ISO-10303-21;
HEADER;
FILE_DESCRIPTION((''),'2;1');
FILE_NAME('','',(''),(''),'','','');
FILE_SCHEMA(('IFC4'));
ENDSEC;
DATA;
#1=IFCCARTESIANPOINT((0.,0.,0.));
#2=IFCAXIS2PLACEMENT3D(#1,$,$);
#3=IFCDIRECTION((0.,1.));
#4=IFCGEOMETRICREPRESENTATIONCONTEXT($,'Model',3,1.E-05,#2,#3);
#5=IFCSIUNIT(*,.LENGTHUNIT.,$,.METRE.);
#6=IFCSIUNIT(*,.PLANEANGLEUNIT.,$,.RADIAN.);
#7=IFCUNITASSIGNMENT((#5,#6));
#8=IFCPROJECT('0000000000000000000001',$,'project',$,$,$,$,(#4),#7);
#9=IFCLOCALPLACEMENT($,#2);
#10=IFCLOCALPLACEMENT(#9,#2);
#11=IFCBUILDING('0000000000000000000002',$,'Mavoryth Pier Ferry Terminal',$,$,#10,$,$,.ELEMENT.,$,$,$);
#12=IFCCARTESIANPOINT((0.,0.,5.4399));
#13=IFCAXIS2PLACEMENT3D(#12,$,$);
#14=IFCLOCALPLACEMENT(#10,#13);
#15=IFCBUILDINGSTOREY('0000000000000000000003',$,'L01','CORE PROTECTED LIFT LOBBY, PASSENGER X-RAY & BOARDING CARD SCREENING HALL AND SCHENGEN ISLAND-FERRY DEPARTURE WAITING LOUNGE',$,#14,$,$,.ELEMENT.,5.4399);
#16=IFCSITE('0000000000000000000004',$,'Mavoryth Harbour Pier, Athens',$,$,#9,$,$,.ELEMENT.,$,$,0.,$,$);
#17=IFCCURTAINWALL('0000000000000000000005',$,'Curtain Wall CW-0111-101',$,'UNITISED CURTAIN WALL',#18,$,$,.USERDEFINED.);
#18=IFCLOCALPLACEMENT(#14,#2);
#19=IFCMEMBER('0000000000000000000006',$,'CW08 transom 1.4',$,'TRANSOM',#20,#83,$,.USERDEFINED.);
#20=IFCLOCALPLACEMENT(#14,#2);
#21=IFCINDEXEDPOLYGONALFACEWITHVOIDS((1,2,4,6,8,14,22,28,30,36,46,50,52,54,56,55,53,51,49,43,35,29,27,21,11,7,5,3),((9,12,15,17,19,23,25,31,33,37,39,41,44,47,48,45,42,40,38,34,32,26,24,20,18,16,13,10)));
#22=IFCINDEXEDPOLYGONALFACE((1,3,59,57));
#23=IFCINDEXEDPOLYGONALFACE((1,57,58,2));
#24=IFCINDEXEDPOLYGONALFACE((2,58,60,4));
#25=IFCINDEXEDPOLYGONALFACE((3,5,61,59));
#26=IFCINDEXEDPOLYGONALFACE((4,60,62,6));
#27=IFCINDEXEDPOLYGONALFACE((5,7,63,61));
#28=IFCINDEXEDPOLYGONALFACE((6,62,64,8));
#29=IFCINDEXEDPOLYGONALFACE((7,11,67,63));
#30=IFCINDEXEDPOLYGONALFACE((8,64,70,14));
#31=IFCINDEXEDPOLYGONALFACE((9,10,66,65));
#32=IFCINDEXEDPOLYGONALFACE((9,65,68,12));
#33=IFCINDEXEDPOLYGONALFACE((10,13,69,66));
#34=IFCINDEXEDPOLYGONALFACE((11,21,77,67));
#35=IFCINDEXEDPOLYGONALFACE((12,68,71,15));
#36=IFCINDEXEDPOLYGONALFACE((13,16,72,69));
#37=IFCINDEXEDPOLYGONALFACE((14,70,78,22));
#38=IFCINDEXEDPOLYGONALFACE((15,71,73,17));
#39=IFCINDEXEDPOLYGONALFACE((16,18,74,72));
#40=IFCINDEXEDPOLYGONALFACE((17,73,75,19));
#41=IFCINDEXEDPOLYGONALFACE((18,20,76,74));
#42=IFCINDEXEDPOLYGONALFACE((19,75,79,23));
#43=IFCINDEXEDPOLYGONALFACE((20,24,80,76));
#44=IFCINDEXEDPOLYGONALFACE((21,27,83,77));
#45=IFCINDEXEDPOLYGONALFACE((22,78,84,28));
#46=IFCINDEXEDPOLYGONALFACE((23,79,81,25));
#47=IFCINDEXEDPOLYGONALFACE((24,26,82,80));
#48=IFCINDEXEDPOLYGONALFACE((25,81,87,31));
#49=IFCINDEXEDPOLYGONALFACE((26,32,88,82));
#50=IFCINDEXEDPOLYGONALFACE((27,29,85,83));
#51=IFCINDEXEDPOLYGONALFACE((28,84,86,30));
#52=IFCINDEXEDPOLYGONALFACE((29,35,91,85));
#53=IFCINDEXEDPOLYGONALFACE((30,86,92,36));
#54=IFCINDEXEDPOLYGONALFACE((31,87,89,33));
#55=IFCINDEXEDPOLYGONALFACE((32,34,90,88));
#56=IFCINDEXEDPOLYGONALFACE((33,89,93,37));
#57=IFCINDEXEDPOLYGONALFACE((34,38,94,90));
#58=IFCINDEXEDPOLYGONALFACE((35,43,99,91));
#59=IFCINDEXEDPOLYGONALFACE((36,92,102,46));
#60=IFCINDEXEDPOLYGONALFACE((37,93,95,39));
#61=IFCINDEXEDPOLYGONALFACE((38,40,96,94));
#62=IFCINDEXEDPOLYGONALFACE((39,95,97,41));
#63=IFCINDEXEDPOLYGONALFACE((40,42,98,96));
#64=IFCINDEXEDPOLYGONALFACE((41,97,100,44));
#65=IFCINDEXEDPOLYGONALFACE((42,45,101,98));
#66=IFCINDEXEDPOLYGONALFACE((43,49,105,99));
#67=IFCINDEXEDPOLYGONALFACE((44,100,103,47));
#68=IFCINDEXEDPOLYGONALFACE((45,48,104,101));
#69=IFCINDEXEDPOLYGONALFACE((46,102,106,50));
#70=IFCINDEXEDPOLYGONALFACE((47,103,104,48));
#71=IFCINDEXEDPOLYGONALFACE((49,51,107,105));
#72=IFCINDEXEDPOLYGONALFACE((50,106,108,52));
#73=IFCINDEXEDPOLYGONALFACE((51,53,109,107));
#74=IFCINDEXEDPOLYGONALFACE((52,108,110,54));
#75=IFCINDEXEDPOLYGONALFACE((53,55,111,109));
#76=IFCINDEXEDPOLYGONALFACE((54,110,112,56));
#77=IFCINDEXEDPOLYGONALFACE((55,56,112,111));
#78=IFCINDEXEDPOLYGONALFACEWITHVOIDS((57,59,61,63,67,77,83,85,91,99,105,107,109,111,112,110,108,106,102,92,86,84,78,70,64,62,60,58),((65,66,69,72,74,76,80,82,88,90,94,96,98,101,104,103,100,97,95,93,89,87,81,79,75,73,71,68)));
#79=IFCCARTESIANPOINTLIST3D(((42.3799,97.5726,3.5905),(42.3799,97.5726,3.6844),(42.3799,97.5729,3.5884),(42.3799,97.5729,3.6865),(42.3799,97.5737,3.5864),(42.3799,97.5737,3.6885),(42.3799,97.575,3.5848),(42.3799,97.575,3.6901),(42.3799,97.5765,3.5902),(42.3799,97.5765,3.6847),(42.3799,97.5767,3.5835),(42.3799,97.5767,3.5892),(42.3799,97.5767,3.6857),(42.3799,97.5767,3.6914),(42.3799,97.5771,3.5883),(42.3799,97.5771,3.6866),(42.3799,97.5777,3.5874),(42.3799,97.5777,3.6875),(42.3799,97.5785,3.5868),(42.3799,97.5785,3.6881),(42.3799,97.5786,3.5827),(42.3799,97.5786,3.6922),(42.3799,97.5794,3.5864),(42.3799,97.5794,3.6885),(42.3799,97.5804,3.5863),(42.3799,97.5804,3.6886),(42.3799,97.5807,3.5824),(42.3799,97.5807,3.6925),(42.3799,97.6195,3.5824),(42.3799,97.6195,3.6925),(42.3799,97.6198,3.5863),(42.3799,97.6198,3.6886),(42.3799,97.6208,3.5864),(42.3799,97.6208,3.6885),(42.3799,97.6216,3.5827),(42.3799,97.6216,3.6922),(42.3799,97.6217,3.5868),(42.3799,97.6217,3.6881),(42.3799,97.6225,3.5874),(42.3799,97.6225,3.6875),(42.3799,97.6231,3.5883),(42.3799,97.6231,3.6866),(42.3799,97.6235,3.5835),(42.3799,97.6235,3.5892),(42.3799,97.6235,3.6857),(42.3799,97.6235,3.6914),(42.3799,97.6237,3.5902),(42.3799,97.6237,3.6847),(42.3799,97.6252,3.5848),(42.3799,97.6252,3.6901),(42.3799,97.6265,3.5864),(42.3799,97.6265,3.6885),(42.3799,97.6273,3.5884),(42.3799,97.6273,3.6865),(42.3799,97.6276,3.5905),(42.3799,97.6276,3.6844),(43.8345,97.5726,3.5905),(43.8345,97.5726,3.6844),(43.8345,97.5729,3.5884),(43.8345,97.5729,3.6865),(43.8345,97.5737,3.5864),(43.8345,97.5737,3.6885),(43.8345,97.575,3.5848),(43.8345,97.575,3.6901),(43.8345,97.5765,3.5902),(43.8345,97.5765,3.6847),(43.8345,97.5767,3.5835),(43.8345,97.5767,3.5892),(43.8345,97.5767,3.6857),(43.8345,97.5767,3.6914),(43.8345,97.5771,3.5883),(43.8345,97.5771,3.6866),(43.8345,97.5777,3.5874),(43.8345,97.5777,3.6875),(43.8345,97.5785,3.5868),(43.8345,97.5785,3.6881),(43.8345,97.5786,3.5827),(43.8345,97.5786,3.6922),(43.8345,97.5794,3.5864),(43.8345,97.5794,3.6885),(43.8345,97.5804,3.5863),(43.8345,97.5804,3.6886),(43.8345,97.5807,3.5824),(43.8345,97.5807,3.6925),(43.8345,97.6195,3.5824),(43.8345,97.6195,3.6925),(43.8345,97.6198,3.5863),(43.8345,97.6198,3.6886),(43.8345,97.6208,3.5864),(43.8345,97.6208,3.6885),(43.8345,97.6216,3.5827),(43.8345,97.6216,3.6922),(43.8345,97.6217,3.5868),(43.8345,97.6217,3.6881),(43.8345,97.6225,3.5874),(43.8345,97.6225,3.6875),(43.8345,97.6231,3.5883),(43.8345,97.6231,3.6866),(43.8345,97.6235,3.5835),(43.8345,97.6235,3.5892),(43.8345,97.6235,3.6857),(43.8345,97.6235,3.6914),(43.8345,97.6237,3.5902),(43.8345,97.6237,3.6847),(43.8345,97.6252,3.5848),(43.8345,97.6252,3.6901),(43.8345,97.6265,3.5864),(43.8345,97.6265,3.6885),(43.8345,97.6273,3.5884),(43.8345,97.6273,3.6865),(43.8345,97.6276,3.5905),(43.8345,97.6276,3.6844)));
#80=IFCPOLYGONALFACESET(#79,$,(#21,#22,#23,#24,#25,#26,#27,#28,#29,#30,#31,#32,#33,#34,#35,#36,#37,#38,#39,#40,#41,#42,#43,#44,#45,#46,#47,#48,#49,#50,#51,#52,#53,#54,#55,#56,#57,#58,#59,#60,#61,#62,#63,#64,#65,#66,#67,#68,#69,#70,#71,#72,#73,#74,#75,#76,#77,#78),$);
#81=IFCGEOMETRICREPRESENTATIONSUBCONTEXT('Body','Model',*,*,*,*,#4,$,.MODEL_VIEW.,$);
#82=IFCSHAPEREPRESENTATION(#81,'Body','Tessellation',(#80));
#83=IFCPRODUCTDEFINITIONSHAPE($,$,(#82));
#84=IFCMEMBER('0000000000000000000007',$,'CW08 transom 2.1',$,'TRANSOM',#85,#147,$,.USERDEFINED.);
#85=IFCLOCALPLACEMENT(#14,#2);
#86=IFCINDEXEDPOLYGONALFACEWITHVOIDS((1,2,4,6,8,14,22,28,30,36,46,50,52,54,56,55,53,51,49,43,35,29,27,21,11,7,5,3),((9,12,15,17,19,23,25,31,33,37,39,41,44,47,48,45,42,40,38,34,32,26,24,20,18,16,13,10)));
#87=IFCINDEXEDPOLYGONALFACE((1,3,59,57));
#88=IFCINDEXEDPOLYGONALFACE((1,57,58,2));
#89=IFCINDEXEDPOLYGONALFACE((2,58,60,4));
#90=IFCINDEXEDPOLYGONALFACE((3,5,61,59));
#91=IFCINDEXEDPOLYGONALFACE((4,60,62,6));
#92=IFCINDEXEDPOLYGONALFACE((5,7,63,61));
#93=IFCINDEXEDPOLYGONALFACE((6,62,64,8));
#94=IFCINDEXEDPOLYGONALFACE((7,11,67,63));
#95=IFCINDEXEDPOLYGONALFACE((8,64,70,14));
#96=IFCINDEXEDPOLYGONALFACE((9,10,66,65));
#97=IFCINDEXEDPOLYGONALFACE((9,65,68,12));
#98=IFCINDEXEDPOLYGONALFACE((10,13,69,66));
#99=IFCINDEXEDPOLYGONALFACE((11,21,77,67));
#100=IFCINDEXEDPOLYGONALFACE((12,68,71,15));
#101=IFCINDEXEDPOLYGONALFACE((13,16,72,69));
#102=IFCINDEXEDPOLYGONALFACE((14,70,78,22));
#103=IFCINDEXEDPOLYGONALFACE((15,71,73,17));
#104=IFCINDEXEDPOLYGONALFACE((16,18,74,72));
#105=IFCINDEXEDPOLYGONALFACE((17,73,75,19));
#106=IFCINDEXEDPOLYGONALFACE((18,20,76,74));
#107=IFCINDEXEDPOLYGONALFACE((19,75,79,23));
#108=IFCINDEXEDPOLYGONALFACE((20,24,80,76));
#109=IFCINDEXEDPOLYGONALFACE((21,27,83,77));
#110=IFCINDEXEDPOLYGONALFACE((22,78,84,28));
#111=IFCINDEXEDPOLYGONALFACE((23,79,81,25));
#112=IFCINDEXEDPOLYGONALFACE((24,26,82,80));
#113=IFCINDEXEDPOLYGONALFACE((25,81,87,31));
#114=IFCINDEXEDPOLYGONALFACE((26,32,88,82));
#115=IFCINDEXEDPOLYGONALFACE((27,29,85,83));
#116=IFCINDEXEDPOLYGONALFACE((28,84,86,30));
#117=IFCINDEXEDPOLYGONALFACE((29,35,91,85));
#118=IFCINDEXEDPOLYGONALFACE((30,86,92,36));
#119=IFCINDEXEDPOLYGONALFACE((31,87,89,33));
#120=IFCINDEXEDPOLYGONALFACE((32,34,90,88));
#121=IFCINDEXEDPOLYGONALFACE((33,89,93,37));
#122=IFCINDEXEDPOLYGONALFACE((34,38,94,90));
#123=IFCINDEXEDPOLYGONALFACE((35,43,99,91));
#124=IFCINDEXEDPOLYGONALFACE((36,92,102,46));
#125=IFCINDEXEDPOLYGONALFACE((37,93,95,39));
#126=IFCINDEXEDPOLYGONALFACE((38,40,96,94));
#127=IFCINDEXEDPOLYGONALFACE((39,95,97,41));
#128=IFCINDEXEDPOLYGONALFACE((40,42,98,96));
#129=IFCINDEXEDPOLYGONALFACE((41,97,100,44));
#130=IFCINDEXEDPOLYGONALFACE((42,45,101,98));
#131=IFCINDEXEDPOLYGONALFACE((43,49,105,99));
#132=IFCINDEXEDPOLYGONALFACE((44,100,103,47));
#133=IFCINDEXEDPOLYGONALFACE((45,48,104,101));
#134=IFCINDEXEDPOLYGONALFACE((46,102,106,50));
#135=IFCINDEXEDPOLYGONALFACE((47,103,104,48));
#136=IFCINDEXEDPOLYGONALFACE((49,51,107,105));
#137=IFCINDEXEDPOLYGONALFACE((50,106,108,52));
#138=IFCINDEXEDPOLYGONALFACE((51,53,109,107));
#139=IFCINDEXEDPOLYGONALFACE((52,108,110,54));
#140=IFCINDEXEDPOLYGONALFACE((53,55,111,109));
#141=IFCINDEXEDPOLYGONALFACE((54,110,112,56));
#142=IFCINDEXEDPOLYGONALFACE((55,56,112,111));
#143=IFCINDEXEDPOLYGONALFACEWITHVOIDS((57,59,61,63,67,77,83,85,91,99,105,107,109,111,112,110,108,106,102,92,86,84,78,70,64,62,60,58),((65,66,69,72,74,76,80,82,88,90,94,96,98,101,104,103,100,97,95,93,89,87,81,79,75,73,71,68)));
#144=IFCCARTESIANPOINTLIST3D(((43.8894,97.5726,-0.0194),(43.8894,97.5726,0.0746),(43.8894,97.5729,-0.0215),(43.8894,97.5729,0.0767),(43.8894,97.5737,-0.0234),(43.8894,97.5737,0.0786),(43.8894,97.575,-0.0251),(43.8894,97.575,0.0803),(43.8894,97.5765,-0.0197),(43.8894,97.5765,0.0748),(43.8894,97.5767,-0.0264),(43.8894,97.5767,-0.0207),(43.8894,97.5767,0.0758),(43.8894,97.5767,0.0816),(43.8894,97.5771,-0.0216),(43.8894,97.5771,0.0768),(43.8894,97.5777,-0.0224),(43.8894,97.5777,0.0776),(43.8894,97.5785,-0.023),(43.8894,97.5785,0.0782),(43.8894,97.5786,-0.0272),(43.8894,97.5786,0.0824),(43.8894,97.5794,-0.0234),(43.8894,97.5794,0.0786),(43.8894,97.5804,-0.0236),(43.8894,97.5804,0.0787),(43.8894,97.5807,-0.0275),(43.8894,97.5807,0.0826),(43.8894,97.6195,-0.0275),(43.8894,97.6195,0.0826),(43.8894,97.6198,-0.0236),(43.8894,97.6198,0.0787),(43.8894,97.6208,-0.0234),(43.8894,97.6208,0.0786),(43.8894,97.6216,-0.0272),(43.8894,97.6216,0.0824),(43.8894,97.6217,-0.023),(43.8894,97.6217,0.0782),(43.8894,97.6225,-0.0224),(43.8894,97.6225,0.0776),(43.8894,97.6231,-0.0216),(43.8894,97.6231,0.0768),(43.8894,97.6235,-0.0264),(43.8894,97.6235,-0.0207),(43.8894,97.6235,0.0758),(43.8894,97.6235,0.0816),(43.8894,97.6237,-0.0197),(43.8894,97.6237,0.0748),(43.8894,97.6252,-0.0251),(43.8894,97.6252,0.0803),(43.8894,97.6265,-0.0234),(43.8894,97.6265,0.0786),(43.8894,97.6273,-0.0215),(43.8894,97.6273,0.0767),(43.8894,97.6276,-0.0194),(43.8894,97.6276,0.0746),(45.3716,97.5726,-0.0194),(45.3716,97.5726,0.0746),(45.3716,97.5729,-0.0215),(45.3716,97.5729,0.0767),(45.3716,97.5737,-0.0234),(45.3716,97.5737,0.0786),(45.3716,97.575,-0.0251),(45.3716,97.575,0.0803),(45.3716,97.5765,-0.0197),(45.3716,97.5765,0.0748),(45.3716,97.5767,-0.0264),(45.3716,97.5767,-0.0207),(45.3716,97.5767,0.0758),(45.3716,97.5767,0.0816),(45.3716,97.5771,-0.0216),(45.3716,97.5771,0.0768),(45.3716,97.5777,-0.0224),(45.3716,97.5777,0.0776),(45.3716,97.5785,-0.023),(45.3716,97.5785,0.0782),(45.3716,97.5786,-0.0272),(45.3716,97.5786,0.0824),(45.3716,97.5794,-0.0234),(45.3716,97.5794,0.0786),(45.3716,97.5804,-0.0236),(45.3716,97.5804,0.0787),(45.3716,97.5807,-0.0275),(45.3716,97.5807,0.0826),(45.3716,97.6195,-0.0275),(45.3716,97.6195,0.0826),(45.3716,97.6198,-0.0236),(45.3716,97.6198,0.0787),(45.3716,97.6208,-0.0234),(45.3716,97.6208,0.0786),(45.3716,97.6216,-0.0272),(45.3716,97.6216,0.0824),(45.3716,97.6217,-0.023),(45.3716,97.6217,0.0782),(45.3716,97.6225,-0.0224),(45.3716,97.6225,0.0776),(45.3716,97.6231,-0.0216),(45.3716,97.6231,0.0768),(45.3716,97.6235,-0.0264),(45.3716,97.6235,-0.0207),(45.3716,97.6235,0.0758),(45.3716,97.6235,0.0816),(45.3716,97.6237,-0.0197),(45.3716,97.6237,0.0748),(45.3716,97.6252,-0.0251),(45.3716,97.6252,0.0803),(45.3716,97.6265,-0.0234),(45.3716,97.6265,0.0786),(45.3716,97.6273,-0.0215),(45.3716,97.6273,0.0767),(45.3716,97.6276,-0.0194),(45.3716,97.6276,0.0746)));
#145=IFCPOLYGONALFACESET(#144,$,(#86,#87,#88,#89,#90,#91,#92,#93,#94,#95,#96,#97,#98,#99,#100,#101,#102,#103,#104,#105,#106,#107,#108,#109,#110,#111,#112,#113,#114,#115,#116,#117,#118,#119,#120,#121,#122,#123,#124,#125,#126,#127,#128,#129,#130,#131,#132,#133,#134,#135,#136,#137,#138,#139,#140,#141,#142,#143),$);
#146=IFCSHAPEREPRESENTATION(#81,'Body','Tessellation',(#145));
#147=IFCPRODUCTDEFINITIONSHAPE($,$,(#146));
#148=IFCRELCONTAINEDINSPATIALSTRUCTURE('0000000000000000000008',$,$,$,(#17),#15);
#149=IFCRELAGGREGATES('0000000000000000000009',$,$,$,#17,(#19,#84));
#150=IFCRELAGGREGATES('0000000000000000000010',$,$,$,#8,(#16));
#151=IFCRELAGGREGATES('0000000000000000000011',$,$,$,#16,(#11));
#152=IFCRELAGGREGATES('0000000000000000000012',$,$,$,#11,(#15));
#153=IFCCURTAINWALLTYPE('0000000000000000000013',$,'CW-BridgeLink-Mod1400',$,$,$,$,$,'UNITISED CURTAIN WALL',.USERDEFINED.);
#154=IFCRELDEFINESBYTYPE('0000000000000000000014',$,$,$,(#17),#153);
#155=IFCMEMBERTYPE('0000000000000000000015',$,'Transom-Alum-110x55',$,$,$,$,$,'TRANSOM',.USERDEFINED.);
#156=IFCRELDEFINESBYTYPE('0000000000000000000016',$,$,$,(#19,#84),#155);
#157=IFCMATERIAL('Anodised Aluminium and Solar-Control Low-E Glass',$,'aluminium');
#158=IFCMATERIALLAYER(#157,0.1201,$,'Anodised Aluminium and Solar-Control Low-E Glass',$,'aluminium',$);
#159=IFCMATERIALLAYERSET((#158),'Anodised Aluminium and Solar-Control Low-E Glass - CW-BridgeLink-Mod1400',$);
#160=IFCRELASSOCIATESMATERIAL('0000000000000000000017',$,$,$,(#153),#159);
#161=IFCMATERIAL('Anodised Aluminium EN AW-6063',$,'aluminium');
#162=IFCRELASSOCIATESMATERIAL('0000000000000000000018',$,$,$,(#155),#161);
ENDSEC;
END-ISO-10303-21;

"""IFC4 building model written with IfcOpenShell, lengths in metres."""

from ifc_helpers import new_model, si_unit, direction, frame, origin, origin_2d, place, context, subcontext, project, spatial, hollow_rectangle, extrude, material, layer, layer_set, material_profile, profile_set, type_object, element, aggregate, save


model = new_model("IFC4")

# Units and contexts
model_context = context("Model", 3, precision=1e-05, world=origin(), true_north=direction((0.0, 1.0)))
body_context = subcontext(model_context, "Body", "Model", "MODEL_VIEW")
ifc_project = project(units=[si_unit("LENGTHUNIT", "METRE"), si_unit("PLANEANGLEUNIT", "RADIAN")], contexts=[model_context])

# Site, building, storey
site_placement = place(None, origin())
site = spatial("IfcSite", under=ifc_project, at=site_placement, Name="Mavoryth Harbour Pier, Athens", CompositionType="ELEMENT", RefElevation=0.0)
building_placement = place(site_placement, origin())
building = spatial("IfcBuilding", under=site, at=building_placement, Name="Mavoryth Pier Ferry Terminal", CompositionType="ELEMENT")
storey_placement = place(building_placement, frame((0.0, 0.0, 5.4399)))
storey = spatial("IfcBuildingStorey", under=building, at=storey_placement, Name="L01", Description="CORE PROTECTED LIFT LOBBY, PASSENGER X-RAY & BOARDING CARD SCREENING HALL AND SCHENGEN ISLAND-FERRY DEPARTURE WAITING LOUNGE", CompositionType="ELEMENT", Elevation=5.4399)

# Curtain wall
ifc_material_1 = material(Name="Anodised Aluminium and Solar-Control Low-E Glass", Category="aluminium")
ifc_layer_1 = layer(ifc_material_1, 0.1201, Name="Anodised Aluminium and Solar-Control Low-E Glass", Category="aluminium")
ifc_layer_set_1 = layer_set([ifc_layer_1], Name="Anodised Aluminium and Solar-Control Low-E Glass - CW-BridgeLink-Mod1400")
curtain_wall_type = type_object("IfcCurtainWallType", Name="CW-BridgeLink-Mod1400", ElementType="UNITISED CURTAIN WALL", PredefinedType="USERDEFINED", material=ifc_layer_set_1)
ifc_material_2 = material(Name="Anodised Aluminium EN AW-6063", Category="aluminium")
curtain_wall_1_placement = place(storey_placement, origin())
curtain_wall_1 = element("IfcCurtainWall", 1, at=curtain_wall_1_placement, inside=storey, type_object=curtain_wall_type, Name="Curtain Wall CW-0111-101", ObjectType="UNITISED CURTAIN WALL", PredefinedType="USERDEFINED")

# Members
ifc_material_profile_1 = material_profile(ifc_material_2, hollow_rectangle(XDim=0.0549, YDim=0.1101, WallThickness=0.0039, InnerFilletRadius=0.0039, OuterFilletRadius=0.0081, at=origin_2d()), Name="AL-TRAN 110x55x4", Category="aluminium")
ifc_profile_set_1 = profile_set([ifc_material_profile_1], Name="Anodised Aluminium EN AW-6063 - AL-TRAN 110x55x4")
member_type_1 = type_object("IfcMemberType", Name="Transom-Alum-110x55", ElementType="TRANSOM", PredefinedType="USERDEFINED", material=ifc_profile_set_1)
member_1_placement = place(storey_placement, frame((42.3799, 97.6001, 3.6375), z_axis=(1.0, 0.0, 0.0), x_axis=(0.0, 1.0, 0.0)))
member_1 = element("IfcMember", 2, at=member_1_placement, type_object=member_type_1, Name="CW08 transom 1.4", ObjectType="TRANSOM", PredefinedType="USERDEFINED", context=body_context, shape_type="SweptSolid", body=[
    extrude(hollow_rectangle(XDim=0.0549, YDim=0.1101, WallThickness=0.0039, InnerFilletRadius=0.0039, OuterFilletRadius=0.0081, at=origin_2d()), origin(), (0.0, 0.0, 1.0), 1.4546),
])
member_2_placement = place(storey_placement, frame((43.8894, 97.6001, 0.0276), z_axis=(1.0, 0.0, 0.0), x_axis=(0.0, 1.0, 0.0)))
member_2 = element("IfcMember", 3, at=member_2_placement, type_object=member_type_1, Name="CW08 transom 2.1", ObjectType="TRANSOM", PredefinedType="USERDEFINED", context=body_context, shape_type="SweptSolid", body=[
    extrude(hollow_rectangle(XDim=0.0549, YDim=0.1101, WallThickness=0.0039, InnerFilletRadius=0.0039, OuterFilletRadius=0.0081, at=origin_2d()), origin(), (0.0, 0.0, 1.0), 1.4822),
])

aggregate(curtain_wall_1, [member_1, member_2])

save(model, "model.ifc")
